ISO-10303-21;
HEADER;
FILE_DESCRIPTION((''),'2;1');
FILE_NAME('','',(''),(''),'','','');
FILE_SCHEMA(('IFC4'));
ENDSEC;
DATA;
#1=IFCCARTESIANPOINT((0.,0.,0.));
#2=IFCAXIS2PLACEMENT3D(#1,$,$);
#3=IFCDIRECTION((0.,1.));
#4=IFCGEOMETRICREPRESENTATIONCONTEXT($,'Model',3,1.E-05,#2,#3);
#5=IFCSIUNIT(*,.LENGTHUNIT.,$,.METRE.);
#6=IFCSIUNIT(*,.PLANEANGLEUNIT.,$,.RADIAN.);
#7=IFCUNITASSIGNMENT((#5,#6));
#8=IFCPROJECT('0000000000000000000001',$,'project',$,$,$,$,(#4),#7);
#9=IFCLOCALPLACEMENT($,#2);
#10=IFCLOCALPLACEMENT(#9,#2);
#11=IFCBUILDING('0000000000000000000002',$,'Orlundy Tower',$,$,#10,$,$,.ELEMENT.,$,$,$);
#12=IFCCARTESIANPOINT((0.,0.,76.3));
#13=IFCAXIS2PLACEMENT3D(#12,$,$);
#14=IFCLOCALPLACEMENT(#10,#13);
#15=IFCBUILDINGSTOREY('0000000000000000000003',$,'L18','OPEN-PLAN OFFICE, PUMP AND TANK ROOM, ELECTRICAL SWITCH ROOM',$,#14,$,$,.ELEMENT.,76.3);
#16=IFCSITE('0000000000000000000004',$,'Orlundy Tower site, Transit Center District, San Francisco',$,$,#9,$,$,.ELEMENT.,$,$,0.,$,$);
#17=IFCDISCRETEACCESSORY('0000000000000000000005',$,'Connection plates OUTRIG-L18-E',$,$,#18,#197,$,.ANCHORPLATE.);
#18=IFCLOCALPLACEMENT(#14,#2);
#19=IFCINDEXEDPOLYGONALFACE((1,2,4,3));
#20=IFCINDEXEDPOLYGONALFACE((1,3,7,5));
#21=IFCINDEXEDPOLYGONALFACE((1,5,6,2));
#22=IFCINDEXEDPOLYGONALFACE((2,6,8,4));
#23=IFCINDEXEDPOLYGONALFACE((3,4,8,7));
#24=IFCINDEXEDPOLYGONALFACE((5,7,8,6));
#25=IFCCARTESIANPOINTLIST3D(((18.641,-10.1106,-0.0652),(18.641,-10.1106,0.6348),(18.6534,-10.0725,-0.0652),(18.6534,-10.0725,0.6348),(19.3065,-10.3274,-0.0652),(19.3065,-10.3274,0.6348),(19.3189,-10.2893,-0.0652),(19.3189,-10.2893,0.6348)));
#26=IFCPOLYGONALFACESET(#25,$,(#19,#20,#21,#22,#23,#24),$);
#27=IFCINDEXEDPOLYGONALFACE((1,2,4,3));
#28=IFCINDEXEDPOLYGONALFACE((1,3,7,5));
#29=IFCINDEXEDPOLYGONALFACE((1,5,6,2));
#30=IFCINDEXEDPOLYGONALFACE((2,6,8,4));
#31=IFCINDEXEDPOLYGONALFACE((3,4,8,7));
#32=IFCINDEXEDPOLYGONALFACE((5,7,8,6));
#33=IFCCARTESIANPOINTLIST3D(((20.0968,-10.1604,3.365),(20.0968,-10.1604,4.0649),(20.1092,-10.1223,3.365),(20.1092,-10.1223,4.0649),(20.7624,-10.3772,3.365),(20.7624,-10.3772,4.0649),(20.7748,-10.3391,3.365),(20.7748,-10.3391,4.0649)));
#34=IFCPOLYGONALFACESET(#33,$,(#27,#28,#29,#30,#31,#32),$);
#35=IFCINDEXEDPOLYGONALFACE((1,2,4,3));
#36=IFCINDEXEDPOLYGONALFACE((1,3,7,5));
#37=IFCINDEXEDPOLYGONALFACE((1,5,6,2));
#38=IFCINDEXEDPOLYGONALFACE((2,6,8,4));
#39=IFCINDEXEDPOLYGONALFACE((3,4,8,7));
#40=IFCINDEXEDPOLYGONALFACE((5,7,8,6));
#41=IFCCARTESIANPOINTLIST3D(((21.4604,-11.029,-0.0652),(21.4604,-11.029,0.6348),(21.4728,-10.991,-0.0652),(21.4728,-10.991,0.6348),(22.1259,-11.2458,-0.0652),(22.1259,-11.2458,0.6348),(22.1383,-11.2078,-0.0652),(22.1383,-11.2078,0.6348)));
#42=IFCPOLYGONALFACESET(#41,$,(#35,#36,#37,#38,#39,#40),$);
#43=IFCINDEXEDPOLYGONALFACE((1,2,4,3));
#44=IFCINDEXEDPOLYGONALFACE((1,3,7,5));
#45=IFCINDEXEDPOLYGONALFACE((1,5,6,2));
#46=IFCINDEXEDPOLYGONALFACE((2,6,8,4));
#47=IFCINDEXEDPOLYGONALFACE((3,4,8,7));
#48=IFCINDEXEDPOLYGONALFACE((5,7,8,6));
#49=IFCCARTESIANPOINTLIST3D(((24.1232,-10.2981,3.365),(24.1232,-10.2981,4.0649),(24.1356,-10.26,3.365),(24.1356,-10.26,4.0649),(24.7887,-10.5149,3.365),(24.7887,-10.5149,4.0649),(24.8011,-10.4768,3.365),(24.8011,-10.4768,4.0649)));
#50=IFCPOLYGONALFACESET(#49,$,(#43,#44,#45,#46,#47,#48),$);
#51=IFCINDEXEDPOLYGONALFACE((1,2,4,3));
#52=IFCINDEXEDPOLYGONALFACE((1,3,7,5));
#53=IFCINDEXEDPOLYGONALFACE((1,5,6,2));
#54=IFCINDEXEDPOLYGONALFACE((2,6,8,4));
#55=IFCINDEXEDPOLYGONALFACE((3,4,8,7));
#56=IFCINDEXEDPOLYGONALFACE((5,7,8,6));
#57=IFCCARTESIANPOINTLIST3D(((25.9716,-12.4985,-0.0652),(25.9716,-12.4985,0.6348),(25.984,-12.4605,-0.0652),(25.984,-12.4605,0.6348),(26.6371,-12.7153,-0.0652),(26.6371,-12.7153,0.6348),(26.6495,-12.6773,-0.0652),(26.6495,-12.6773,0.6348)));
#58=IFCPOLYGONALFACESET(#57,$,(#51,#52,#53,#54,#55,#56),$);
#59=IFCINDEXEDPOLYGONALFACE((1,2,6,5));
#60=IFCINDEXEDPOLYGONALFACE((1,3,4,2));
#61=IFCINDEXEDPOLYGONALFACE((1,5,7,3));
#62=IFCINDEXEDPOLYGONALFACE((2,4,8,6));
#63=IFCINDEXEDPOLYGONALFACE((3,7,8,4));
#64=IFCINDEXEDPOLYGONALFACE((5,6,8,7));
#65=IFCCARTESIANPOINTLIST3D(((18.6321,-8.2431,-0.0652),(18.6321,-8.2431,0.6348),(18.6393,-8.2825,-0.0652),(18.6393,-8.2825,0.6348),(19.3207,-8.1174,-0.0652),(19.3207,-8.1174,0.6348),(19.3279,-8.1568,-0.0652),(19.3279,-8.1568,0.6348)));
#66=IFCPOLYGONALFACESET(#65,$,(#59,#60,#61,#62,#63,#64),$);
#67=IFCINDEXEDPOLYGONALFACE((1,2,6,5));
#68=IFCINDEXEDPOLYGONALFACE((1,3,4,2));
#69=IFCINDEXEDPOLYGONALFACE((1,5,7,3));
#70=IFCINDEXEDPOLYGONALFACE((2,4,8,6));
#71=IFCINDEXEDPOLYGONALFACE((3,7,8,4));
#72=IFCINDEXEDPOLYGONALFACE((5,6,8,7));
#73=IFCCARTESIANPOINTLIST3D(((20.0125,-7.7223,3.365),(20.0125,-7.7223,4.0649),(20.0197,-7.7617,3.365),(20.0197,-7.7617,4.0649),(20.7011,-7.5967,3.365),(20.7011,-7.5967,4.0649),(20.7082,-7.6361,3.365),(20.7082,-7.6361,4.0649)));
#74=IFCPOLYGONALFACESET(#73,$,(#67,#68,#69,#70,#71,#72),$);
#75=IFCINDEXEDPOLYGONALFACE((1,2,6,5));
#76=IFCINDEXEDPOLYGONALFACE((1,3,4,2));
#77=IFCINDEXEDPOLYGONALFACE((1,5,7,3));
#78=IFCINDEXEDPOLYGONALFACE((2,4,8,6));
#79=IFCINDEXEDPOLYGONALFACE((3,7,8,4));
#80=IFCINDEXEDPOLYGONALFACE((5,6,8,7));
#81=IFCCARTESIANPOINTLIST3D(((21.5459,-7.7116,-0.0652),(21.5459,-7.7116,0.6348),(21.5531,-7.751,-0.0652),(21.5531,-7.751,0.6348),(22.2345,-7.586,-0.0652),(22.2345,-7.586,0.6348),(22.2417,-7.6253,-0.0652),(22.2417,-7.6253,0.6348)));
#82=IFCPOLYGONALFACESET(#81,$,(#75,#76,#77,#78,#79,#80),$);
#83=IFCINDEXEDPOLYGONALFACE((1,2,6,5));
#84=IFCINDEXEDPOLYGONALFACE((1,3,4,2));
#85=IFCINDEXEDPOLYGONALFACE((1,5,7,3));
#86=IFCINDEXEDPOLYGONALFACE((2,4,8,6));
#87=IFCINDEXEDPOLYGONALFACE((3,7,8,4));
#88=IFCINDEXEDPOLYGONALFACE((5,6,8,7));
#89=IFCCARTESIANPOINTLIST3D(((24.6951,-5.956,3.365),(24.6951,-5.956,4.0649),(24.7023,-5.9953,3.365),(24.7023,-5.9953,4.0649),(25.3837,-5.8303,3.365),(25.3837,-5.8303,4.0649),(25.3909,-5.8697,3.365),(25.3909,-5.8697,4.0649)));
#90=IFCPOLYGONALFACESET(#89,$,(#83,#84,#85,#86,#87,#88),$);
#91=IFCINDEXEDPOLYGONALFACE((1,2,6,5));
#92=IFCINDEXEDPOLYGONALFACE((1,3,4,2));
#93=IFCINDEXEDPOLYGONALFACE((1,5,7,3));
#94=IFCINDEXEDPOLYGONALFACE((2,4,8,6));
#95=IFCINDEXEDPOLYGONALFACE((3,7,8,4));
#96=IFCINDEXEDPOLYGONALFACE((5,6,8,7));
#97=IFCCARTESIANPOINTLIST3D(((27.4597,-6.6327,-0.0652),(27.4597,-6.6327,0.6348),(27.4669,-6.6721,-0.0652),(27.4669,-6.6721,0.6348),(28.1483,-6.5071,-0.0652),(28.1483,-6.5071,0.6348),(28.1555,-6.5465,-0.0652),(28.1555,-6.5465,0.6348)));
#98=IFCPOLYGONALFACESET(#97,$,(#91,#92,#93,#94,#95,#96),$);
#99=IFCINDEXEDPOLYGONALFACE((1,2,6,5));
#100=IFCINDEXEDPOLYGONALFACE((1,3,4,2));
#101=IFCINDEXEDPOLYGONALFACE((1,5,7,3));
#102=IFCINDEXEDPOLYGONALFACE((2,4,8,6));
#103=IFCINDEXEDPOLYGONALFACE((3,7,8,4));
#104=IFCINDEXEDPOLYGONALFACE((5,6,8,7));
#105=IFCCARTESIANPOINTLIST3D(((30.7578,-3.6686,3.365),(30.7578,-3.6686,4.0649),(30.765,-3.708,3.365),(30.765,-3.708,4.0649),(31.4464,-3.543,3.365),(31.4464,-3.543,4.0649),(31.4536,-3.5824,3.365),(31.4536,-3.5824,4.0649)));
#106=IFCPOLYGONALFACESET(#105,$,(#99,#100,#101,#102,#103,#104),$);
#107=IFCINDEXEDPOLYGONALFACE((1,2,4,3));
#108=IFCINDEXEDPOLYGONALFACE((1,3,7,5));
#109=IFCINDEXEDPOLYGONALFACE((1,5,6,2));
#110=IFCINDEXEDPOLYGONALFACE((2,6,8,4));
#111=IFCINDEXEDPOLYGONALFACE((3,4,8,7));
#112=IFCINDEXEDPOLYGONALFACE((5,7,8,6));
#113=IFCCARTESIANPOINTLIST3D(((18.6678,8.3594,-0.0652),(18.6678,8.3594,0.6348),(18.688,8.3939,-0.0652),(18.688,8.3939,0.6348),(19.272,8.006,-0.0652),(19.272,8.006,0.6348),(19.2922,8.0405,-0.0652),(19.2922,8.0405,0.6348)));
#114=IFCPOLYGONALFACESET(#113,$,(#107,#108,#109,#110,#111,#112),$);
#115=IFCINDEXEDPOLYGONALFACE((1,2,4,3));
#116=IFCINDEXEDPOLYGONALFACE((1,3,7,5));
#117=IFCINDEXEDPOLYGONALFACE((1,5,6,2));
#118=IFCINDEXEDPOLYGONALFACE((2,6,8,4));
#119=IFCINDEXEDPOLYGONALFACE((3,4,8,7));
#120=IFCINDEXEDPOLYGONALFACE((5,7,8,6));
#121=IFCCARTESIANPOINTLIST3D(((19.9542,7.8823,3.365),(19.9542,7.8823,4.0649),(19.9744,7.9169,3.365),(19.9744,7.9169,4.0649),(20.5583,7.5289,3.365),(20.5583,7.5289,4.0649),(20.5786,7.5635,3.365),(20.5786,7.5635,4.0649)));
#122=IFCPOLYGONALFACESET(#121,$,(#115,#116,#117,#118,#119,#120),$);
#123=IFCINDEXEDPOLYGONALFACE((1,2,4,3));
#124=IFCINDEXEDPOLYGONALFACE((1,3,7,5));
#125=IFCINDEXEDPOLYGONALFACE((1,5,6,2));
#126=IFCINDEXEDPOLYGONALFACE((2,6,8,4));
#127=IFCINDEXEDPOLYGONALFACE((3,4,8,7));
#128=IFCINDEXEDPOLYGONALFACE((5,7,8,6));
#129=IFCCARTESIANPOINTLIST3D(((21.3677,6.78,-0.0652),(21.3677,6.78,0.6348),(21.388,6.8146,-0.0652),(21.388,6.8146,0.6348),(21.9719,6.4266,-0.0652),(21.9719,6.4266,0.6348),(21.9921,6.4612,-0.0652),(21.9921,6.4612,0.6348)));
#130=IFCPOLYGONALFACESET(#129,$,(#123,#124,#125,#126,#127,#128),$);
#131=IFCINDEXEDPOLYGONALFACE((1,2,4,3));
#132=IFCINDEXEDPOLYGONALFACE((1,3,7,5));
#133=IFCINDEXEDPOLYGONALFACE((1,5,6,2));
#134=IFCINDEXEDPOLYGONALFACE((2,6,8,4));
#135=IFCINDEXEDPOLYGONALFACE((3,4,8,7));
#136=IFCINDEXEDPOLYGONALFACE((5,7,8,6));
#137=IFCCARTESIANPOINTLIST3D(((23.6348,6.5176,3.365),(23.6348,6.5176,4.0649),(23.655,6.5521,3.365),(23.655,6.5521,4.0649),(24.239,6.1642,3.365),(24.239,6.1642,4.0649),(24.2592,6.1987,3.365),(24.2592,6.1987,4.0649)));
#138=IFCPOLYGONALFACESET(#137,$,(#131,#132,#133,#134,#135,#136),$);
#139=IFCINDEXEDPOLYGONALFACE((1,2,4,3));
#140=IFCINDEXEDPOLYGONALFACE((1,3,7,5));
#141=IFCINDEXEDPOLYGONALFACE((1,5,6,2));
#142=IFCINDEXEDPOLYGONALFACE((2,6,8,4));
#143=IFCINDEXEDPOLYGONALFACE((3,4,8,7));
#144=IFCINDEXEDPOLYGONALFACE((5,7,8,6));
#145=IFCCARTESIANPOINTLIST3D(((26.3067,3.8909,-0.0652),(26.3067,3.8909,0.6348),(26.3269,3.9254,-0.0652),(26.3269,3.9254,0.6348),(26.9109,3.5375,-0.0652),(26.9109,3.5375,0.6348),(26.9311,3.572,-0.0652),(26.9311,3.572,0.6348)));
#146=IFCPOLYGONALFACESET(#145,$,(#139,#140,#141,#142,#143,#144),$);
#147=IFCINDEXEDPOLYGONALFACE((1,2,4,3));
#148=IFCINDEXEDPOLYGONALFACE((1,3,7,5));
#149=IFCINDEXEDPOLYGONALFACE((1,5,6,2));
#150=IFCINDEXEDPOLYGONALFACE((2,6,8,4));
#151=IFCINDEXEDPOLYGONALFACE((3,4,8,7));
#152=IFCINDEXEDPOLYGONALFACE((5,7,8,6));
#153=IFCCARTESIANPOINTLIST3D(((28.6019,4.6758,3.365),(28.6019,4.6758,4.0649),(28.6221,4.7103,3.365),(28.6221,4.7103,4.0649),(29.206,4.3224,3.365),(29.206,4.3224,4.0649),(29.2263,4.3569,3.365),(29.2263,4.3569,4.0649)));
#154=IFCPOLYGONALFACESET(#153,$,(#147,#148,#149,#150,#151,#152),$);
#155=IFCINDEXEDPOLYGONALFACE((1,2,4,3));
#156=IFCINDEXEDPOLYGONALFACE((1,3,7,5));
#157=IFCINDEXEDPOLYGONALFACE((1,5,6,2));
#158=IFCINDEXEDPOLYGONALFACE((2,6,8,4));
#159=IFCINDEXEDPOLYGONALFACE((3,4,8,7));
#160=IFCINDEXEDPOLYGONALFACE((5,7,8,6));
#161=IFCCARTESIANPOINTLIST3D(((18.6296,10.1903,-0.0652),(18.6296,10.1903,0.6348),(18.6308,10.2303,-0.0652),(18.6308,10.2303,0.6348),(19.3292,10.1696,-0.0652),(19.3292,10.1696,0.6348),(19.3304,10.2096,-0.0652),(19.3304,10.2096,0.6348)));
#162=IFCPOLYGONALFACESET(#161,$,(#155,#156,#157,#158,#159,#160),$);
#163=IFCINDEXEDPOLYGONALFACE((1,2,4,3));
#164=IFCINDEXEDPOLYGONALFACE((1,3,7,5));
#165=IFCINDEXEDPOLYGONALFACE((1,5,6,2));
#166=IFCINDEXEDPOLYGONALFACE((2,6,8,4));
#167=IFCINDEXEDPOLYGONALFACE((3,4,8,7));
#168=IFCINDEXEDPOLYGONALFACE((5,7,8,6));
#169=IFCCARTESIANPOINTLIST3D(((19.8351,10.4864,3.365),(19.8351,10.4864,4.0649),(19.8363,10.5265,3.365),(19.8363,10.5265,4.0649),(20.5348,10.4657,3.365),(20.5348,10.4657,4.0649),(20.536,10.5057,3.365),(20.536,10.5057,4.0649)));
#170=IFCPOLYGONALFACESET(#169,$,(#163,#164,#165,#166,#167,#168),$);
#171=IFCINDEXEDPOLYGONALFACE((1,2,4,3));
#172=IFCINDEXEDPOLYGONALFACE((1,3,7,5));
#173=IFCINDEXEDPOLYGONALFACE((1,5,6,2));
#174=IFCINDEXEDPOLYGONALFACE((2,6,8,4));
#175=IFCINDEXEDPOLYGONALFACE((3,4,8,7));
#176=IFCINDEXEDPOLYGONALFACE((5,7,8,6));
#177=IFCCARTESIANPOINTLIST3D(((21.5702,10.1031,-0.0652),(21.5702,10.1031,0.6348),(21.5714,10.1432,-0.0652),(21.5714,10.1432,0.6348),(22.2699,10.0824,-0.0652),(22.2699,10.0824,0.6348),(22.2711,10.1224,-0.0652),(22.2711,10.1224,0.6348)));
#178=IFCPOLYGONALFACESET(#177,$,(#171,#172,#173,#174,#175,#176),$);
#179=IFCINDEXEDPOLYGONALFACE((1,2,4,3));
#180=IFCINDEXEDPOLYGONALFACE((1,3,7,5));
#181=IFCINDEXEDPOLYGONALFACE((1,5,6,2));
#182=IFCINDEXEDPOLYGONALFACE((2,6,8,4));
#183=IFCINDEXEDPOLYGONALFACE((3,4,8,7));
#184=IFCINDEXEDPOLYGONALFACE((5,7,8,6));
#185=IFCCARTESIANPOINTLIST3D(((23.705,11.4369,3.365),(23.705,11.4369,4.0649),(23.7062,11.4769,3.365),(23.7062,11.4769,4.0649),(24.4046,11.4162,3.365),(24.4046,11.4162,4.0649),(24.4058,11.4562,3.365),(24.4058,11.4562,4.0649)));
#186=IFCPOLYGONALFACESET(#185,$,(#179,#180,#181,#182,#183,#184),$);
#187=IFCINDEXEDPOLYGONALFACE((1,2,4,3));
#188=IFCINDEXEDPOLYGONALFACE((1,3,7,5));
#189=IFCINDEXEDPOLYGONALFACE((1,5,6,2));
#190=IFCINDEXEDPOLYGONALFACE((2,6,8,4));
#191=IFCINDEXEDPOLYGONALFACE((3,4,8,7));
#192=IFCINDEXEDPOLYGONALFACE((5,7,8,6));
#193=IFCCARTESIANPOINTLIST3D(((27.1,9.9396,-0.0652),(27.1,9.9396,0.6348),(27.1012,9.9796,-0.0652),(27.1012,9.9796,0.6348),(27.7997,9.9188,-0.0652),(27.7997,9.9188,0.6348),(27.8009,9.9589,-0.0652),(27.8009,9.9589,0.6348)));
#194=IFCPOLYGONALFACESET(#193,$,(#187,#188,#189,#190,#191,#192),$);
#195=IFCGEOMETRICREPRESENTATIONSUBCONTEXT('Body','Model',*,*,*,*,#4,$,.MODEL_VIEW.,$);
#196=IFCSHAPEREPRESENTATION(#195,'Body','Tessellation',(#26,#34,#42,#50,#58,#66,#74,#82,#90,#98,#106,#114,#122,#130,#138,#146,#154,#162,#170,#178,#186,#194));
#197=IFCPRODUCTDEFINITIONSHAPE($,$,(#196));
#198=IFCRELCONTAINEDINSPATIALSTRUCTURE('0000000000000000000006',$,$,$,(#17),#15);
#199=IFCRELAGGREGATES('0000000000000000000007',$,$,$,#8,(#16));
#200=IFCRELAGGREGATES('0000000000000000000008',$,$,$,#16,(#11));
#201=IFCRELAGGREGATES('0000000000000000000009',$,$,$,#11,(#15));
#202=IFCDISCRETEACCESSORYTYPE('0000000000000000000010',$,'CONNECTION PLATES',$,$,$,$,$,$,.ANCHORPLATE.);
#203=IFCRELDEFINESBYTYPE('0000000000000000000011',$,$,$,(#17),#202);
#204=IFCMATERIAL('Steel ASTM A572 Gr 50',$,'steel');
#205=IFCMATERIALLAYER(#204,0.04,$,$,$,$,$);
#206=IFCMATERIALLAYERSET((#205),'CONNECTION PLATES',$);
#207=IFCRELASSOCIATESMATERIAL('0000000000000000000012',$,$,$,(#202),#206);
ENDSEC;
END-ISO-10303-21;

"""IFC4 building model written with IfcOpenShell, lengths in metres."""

from ifc_helpers import new_model, si_unit, direction, frame, origin, origin_2d, place, context, subcontext, project, spatial, rectangle, extrude, material, layer, layer_set, type_object, element, save


model = new_model("IFC4")

# Units and contexts
model_context = context("Model", 3, precision=1e-05, world=origin(), true_north=direction((0.0, 1.0)))
body_context = subcontext(model_context, "Body", "Model", "MODEL_VIEW")
ifc_project = project(units=[si_unit("LENGTHUNIT", "METRE"), si_unit("PLANEANGLEUNIT", "RADIAN")], contexts=[model_context])

# Site, building, storey
site_placement = place(None, origin())
site = spatial("IfcSite", under=ifc_project, at=site_placement, Name="Orlundy Tower site, Transit Center District, San Francisco", CompositionType="ELEMENT", RefElevation=0.0)
building_placement = place(site_placement, origin())
building = spatial("IfcBuilding", under=site, at=building_placement, Name="Orlundy Tower", CompositionType="ELEMENT")
storey_placement = place(building_placement, frame((0.0, 0.0, 76.3)))
storey = spatial("IfcBuildingStorey", under=building, at=storey_placement, Name="L18", Description="OPEN-PLAN OFFICE, PUMP AND TANK ROOM, ELECTRICAL SWITCH ROOM", CompositionType="ELEMENT", Elevation=76.3)

# Discrete accessory
ifc_material_1 = material(Name="Steel ASTM A572 Gr 50", Category="steel")
ifc_layer_1 = layer(ifc_material_1, 0.04)
ifc_layer_set_1 = layer_set([ifc_layer_1], Name="CONNECTION PLATES")
discrete_accessory_type = type_object("IfcDiscreteAccessoryType", Name="CONNECTION PLATES", PredefinedType="ANCHORPLATE", material=ifc_layer_set_1)
discrete_accessory_1_placement = place(storey_placement, frame((0.0, 0.0, -76.3)))
element("IfcDiscreteAccessory", 1, at=discrete_accessory_1_placement, inside=storey, type_object=discrete_accessory_type, Name="Connection plates OUTRIG-L18-E", PredefinedType="ANCHORPLATE", context=body_context, shape_type="SweptSolid", body=[
    extrude(rectangle(XDim=0.7, YDim=0.04, at=origin_2d()), frame((18.98, -10.2, 76.2349), z_axis=(0.0, 0.0, 1.0), x_axis=(0.950824, -0.309731, 0.0)), (0.0, 0.0, 1.0), 0.7),
    extrude(rectangle(XDim=0.7, YDim=0.04, at=origin_2d()), frame((20.4358, -10.2498, 79.665), z_axis=(0.0, 0.0, 1.0), x_axis=(0.950824, -0.309731, 0.0)), (0.0, 0.0, 1.0), 0.7),
    extrude(rectangle(XDim=0.7, YDim=0.04, at=origin_2d()), frame((21.7993, -11.1184, 76.2349), z_axis=(0.0, 0.0, 1.0), x_axis=(0.950824, -0.309731, 0.0)), (0.0, 0.0, 1.0), 0.7),
    extrude(rectangle(XDim=0.7, YDim=0.04, at=origin_2d()), frame((24.4622, -10.3875, 79.665), z_axis=(0.0, 0.0, 1.0), x_axis=(0.950824, -0.309731, 0.0)), (0.0, 0.0, 1.0), 0.7),
    extrude(rectangle(XDim=0.7, YDim=0.04, at=origin_2d()), frame((26.3105, -12.5879, 76.2349), z_axis=(0.0, 0.0, 1.0), x_axis=(0.950824, -0.309731, 0.0)), (0.0, 0.0, 1.0), 0.7),
    extrude(rectangle(XDim=0.7, YDim=0.04, at=origin_2d()), frame((18.98, -8.2, 76.2349), z_axis=(0.0, 0.0, 1.0), x_axis=(0.983763, 0.179472, 0.0)), (0.0, 0.0, 1.0), 0.7),
    extrude(rectangle(XDim=0.7, YDim=0.04, at=origin_2d()), frame((20.3604, -7.6792, 79.665), z_axis=(0.0, 0.0, 1.0), x_axis=(0.983763, 0.179472, 0.0)), (0.0, 0.0, 1.0), 0.7),
    extrude(rectangle(XDim=0.7, YDim=0.04, at=origin_2d()), frame((21.8938, -7.6685, 76.2349), z_axis=(0.0, 0.0, 1.0), x_axis=(0.983763, 0.179472, 0.0)), (0.0, 0.0, 1.0), 0.7),
    extrude(rectangle(XDim=0.7, YDim=0.04, at=origin_2d()), frame((25.043, -5.9128, 79.665), z_axis=(0.0, 0.0, 1.0), x_axis=(0.983763, 0.179472, 0.0)), (0.0, 0.0, 1.0), 0.7),
    extrude(rectangle(XDim=0.7, YDim=0.04, at=origin_2d()), frame((27.8076, -6.5896, 76.2349), z_axis=(0.0, 0.0, 1.0), x_axis=(0.983763, 0.179472, 0.0)), (0.0, 0.0, 1.0), 0.7),
    extrude(rectangle(XDim=0.7, YDim=0.04, at=origin_2d()), frame((31.1057, -3.6255, 79.665), z_axis=(0.0, 0.0, 1.0), x_axis=(0.983763, 0.179472, 0.0)), (0.0, 0.0, 1.0), 0.7),
    extrude(rectangle(XDim=0.7, YDim=0.04, at=origin_2d()), frame((18.98, 8.2, 76.2349), z_axis=(0.0, 0.0, 1.0), x_axis=(0.863167, -0.504919, 0.0)), (0.0, 0.0, 1.0), 0.7),
    extrude(rectangle(XDim=0.7, YDim=0.04, at=origin_2d()), frame((20.2664, 7.7229, 79.665), z_axis=(0.0, 0.0, 1.0), x_axis=(0.863167, -0.504919, 0.0)), (0.0, 0.0, 1.0), 0.7),
    extrude(rectangle(XDim=0.7, YDim=0.04, at=origin_2d()), frame((21.6799, 6.6206, 76.2349), z_axis=(0.0, 0.0, 1.0), x_axis=(0.863167, -0.504919, 0.0)), (0.0, 0.0, 1.0), 0.7),
    extrude(rectangle(XDim=0.7, YDim=0.04, at=origin_2d()), frame((23.947, 6.3582, 79.665), z_axis=(0.0, 0.0, 1.0), x_axis=(0.863167, -0.504919, 0.0)), (0.0, 0.0, 1.0), 0.7),
    extrude(rectangle(XDim=0.7, YDim=0.04, at=origin_2d()), frame((26.6189, 3.7314, 76.2349), z_axis=(0.0, 0.0, 1.0), x_axis=(0.863167, -0.504919, 0.0)), (0.0, 0.0, 1.0), 0.7),
    extrude(rectangle(XDim=0.7, YDim=0.04, at=origin_2d()), frame((28.9141, 4.5164, 79.665), z_axis=(0.0, 0.0, 1.0), x_axis=(0.863167, -0.504919, 0.0)), (0.0, 0.0, 1.0), 0.7),
    extrude(rectangle(XDim=0.7, YDim=0.04, at=origin_2d()), frame((18.98, 10.2, 76.2349), z_axis=(0.0, 0.0, 1.0), x_axis=(0.999561, -0.029614, 0.0)), (0.0, 0.0, 1.0), 0.7),
    extrude(rectangle(XDim=0.7, YDim=0.04, at=origin_2d()), frame((20.1855, 10.4961, 79.665), z_axis=(0.0, 0.0, 1.0), x_axis=(0.999561, -0.029614, 0.0)), (0.0, 0.0, 1.0), 0.7),
    extrude(rectangle(XDim=0.7, YDim=0.04, at=origin_2d()), frame((21.9207, 10.1128, 76.2349), z_axis=(0.0, 0.0, 1.0), x_axis=(0.999561, -0.029614, 0.0)), (0.0, 0.0, 1.0), 0.7),
    extrude(rectangle(XDim=0.7, YDim=0.04, at=origin_2d()), frame((24.0554, 11.4465, 79.665), z_axis=(0.0, 0.0, 1.0), x_axis=(0.999561, -0.029614, 0.0)), (0.0, 0.0, 1.0), 0.7),
    extrude(rectangle(XDim=0.7, YDim=0.04, at=origin_2d()), frame((27.4504, 9.9492, 76.2349), z_axis=(0.0, 0.0, 1.0), x_axis=(0.999561, -0.029614, 0.0)), (0.0, 0.0, 1.0), 0.7),
])

save(model, "model.ifc")
